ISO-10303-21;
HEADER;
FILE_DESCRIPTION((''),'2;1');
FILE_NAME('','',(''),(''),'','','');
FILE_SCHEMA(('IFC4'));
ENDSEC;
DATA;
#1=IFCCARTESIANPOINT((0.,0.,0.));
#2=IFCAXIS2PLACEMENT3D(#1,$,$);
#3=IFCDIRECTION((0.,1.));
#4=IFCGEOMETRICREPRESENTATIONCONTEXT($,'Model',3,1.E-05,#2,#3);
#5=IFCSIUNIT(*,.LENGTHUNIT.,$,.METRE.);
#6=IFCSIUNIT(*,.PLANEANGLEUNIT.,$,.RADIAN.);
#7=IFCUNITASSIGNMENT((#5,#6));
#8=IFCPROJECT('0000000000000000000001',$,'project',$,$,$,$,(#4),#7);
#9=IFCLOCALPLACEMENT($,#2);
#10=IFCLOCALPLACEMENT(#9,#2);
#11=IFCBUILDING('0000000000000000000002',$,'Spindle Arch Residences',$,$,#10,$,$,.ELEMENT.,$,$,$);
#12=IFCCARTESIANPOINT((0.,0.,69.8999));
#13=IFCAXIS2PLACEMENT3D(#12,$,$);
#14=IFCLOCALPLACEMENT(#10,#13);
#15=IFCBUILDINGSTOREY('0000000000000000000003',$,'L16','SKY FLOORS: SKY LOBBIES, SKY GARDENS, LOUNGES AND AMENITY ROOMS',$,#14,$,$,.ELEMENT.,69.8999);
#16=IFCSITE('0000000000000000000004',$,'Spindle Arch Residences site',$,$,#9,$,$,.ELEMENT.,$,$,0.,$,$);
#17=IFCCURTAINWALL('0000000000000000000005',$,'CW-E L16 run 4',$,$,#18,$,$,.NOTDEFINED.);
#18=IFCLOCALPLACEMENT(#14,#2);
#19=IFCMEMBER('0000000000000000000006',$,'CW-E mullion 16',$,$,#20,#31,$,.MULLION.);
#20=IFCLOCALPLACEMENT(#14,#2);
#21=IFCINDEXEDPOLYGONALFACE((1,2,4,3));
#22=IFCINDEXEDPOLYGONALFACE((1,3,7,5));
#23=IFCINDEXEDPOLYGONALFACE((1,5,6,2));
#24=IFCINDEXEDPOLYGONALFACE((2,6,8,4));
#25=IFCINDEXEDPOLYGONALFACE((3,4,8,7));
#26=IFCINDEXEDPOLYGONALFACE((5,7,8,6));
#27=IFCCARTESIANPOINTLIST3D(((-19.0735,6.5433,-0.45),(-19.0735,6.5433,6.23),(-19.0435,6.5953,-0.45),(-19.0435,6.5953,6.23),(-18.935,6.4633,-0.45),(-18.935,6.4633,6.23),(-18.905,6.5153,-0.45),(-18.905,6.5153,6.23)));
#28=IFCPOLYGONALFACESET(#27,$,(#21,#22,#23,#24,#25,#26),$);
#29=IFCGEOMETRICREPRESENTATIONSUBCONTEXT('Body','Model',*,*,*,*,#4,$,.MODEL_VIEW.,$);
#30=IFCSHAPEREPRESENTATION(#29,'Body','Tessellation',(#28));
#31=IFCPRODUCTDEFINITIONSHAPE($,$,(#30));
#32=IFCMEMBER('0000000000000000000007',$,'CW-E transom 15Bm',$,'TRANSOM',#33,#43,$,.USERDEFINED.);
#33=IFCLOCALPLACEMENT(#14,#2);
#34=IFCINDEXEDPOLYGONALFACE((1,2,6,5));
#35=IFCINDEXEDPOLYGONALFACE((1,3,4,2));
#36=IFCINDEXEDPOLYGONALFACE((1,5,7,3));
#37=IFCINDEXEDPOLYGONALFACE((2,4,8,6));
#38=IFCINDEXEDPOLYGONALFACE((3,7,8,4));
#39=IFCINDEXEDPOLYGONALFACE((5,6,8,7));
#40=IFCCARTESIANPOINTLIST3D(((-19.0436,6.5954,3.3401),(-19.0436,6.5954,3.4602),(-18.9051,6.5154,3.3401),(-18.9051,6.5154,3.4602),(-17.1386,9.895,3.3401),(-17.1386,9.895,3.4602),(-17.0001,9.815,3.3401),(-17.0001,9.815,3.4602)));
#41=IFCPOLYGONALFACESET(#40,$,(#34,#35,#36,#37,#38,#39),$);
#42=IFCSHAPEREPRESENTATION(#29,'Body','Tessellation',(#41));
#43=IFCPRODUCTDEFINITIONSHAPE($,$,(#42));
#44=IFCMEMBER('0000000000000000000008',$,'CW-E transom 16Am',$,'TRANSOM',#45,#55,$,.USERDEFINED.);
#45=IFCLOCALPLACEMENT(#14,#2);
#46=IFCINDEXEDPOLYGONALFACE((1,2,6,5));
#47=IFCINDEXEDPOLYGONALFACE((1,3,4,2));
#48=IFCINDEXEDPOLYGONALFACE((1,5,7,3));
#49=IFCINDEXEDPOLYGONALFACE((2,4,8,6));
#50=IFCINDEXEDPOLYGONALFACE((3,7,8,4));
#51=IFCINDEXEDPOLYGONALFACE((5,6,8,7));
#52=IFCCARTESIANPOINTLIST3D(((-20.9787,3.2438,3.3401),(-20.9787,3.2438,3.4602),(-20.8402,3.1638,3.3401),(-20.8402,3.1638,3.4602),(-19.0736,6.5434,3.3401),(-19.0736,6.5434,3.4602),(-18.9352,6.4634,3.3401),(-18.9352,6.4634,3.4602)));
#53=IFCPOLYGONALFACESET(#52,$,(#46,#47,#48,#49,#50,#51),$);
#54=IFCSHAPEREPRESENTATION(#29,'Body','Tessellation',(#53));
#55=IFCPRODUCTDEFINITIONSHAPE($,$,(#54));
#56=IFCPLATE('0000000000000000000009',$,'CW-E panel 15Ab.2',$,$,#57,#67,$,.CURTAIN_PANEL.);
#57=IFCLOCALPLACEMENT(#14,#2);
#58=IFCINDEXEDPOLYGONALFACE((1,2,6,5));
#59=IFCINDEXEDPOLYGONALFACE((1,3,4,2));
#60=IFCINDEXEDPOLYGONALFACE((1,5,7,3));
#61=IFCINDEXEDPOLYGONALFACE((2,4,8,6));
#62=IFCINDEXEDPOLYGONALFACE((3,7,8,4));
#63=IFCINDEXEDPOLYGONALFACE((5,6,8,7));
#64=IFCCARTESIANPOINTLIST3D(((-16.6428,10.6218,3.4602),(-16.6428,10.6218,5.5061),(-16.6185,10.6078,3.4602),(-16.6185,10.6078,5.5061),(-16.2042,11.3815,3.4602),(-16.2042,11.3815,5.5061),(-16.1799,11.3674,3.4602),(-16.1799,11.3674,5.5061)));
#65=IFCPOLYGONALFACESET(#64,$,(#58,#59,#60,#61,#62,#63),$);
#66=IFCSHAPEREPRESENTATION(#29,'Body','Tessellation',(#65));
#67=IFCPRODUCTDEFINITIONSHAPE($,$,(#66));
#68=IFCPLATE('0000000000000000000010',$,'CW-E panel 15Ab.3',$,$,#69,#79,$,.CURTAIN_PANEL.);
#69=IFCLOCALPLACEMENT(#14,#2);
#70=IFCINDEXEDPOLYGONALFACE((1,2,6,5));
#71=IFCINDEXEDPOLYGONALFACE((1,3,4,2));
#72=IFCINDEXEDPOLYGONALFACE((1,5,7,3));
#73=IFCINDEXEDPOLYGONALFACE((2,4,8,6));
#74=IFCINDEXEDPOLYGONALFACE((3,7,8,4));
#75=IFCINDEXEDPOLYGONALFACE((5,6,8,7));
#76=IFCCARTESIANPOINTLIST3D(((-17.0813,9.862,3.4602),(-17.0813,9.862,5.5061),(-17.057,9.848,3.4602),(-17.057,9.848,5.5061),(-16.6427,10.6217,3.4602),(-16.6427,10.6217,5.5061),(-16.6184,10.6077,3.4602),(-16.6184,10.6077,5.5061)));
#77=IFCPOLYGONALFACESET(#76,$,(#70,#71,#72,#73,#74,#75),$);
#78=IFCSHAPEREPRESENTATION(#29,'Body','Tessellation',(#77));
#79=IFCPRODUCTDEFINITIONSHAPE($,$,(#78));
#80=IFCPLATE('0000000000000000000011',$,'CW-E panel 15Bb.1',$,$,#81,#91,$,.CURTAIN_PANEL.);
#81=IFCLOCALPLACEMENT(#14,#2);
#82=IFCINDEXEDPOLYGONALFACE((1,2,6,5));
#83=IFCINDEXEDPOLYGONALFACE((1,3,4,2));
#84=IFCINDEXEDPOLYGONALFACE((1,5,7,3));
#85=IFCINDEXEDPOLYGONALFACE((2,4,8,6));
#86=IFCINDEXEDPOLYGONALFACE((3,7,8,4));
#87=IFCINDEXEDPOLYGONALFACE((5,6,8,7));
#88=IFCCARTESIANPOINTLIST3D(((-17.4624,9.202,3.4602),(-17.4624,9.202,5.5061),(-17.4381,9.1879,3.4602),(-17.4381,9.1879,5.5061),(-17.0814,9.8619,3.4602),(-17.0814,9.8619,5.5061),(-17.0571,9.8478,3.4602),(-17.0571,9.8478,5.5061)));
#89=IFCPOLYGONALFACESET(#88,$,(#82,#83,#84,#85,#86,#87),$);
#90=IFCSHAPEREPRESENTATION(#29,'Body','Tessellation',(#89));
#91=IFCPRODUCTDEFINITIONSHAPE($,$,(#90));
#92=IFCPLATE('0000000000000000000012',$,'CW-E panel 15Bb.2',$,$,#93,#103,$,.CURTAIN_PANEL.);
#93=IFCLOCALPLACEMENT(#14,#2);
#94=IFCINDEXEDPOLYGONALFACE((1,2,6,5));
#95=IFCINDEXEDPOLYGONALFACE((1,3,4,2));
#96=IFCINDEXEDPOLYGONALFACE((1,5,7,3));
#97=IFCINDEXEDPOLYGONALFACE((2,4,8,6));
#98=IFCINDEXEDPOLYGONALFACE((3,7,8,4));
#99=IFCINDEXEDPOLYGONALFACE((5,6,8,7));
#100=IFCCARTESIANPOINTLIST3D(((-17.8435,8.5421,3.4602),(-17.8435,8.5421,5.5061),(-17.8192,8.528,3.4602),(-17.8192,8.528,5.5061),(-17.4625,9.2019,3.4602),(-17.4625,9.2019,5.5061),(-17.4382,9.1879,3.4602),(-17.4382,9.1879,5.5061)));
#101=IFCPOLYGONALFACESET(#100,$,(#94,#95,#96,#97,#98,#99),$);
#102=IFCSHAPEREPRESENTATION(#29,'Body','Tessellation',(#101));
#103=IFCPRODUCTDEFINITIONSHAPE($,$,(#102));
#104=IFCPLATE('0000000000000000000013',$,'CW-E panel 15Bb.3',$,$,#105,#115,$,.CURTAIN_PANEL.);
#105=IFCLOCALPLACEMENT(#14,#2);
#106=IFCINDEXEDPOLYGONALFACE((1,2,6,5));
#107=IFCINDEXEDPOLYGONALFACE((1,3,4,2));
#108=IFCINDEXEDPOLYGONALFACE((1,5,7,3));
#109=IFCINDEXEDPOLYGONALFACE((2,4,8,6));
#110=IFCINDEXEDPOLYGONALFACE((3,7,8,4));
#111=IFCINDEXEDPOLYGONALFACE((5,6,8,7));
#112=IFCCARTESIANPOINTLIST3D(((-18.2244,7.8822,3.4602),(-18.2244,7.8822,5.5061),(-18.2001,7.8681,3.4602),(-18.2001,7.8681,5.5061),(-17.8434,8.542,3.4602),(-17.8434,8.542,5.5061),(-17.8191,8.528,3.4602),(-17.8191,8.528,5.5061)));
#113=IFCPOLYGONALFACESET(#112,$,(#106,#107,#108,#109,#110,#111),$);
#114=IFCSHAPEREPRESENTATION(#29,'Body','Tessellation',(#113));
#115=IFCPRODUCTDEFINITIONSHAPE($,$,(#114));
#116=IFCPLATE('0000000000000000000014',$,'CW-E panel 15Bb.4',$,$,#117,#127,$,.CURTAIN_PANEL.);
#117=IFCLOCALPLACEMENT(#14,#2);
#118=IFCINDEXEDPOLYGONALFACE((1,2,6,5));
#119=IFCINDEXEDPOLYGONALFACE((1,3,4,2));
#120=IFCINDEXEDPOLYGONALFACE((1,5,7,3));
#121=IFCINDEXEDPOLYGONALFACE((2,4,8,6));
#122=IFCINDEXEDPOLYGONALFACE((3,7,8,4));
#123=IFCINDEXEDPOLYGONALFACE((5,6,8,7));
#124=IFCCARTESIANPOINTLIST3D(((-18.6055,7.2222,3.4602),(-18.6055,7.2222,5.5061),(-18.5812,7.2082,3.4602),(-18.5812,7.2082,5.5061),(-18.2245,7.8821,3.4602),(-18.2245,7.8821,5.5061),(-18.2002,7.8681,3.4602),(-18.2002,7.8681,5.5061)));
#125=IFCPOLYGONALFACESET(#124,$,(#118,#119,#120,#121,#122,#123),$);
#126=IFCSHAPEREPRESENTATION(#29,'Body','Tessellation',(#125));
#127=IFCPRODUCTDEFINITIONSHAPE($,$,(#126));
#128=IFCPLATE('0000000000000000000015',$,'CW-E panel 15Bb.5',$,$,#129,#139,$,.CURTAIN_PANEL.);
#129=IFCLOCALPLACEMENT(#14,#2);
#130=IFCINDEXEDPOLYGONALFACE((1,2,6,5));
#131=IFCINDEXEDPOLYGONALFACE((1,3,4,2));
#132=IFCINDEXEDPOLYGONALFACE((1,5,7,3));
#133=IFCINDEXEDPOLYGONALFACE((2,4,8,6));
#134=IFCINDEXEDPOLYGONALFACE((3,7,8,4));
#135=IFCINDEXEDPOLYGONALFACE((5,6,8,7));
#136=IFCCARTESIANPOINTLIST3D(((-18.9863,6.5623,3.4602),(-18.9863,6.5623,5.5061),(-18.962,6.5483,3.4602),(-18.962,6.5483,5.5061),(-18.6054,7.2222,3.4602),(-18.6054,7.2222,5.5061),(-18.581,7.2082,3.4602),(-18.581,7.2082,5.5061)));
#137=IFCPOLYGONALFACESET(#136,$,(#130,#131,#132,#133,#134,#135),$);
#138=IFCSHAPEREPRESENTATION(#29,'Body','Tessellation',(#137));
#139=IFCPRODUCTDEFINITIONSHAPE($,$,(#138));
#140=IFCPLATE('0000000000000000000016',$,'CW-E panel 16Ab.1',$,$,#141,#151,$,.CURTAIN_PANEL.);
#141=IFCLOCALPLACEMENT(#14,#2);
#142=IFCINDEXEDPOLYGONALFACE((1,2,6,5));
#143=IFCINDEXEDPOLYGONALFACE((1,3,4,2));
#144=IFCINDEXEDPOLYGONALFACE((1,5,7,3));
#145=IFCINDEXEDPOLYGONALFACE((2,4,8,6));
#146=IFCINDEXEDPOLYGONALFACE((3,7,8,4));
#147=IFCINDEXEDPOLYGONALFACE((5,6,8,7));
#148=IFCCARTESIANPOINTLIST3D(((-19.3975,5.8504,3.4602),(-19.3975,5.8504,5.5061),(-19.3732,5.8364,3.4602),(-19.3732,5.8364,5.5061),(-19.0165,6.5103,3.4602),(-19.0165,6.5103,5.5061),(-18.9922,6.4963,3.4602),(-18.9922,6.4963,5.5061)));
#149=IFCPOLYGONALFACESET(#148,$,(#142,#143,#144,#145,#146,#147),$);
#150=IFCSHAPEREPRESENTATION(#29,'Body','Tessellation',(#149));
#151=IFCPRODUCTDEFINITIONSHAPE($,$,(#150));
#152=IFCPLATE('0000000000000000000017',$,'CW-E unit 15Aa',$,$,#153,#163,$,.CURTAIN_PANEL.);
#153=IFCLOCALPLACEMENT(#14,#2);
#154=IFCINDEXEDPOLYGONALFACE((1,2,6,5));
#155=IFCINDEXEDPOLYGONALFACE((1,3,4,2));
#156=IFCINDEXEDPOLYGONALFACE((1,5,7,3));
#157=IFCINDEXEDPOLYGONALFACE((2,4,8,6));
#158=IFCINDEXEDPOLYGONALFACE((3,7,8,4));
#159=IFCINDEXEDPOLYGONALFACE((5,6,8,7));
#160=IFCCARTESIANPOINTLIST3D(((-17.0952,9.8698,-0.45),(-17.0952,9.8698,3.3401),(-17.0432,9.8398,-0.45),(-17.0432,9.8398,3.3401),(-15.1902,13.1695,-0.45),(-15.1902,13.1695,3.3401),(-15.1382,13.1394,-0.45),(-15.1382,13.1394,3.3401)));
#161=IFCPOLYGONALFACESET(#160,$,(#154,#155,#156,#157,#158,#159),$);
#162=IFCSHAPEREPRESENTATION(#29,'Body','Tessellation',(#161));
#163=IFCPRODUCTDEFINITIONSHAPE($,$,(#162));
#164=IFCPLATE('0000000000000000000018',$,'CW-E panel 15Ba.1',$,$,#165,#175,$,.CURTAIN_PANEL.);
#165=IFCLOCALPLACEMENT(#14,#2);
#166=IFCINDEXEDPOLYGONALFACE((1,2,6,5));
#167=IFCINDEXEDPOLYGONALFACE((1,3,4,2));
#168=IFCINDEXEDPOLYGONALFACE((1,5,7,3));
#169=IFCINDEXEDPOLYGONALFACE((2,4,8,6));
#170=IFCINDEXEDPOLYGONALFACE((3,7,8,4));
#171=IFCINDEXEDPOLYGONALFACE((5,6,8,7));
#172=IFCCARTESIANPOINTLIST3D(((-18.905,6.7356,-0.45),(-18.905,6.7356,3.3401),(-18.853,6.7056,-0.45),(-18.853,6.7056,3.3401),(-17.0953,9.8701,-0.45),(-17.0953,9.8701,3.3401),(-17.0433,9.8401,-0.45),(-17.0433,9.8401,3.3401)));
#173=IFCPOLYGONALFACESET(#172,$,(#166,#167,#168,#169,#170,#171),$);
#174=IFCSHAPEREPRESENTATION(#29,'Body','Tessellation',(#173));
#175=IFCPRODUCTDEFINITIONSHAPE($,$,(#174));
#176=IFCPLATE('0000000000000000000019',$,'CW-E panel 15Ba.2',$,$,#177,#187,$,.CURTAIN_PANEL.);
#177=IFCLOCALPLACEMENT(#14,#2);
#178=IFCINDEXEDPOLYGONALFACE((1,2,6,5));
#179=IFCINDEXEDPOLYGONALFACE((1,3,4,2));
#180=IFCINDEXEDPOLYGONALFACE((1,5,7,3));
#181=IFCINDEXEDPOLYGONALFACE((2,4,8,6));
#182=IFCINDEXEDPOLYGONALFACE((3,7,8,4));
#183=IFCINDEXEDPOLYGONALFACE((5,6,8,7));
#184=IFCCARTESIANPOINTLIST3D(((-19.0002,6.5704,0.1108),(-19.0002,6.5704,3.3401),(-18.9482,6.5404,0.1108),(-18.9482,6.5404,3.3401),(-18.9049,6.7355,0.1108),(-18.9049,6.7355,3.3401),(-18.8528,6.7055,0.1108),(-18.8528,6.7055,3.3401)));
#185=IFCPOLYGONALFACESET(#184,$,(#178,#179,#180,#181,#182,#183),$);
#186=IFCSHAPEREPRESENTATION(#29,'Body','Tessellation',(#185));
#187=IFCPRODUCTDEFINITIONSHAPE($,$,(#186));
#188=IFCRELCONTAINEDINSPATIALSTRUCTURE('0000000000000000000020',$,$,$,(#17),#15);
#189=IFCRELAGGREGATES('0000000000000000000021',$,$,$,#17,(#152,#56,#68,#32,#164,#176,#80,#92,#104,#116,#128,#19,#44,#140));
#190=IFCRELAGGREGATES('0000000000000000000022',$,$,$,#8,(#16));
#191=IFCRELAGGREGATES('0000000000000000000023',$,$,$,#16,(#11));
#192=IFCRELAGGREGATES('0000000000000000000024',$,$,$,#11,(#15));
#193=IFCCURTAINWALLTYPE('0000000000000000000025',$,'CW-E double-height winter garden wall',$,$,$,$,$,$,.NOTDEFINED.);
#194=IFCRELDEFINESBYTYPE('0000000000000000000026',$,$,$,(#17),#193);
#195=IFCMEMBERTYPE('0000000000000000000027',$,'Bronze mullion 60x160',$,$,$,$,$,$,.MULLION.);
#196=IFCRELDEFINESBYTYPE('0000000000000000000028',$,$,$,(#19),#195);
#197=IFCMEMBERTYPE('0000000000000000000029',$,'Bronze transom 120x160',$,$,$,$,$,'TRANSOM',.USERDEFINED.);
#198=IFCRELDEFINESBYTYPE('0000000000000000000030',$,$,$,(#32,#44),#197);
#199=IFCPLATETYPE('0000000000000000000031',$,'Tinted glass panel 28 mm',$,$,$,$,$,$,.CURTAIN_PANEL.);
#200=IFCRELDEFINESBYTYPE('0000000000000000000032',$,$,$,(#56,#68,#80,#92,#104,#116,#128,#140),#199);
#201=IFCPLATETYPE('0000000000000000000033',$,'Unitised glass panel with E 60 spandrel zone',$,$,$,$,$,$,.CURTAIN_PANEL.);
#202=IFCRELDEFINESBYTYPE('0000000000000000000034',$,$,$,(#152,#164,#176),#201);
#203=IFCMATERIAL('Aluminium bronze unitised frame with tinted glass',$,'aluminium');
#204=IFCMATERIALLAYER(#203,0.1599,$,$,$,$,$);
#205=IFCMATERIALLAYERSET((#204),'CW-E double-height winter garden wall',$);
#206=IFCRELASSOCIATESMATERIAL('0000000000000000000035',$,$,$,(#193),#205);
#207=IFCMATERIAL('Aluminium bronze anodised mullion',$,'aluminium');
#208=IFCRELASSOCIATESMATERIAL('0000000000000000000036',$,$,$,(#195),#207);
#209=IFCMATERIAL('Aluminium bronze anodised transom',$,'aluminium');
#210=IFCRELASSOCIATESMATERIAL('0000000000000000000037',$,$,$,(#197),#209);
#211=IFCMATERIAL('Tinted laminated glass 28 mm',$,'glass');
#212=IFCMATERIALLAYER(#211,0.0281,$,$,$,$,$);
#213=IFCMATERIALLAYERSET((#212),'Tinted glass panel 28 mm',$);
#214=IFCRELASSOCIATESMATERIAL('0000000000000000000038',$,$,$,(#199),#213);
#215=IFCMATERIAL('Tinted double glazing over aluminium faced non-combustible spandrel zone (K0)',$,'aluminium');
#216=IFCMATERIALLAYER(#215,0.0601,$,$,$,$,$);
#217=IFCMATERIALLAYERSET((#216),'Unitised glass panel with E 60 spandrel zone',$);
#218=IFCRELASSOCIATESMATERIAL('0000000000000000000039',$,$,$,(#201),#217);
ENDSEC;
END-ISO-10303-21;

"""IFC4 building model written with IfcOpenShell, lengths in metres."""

from ifc_helpers import new_model, si_unit, direction, frame, origin, origin_2d, place, context, subcontext, project, spatial, rectangle, extrude, material, layer, layer_set, material_profile, profile_set, type_object, element, aggregate, save


model = new_model("IFC4")

# Units and contexts
model_context = context("Model", 3, precision=1e-05, world=origin(), true_north=direction((0.0, 1.0)))
body_context = subcontext(model_context, "Body", "Model", "MODEL_VIEW")
ifc_project = project(units=[si_unit("LENGTHUNIT", "METRE"), si_unit("PLANEANGLEUNIT", "RADIAN")], contexts=[model_context])

# Site, building, storey
site_placement = place(None, origin())
site = spatial("IfcSite", under=ifc_project, at=site_placement, Name="Spindle Arch Residences site", CompositionType="ELEMENT", RefElevation=0.0)
building_placement = place(site_placement, origin())
building = spatial("IfcBuilding", under=site, at=building_placement, Name="Spindle Arch Residences", CompositionType="ELEMENT")
storey_placement = place(building_placement, frame((0.0, 0.0, 69.8999)))
storey = spatial("IfcBuildingStorey", under=building, at=storey_placement, Name="L16", Description="SKY FLOORS: SKY LOBBIES, SKY GARDENS, LOUNGES AND AMENITY ROOMS", CompositionType="ELEMENT", Elevation=69.8999)

# Curtain wall, members, plates
ifc_material_1 = material(Name="Aluminium bronze unitised frame with tinted glass", Category="aluminium")
ifc_layer_1 = layer(ifc_material_1, 0.1599)
ifc_layer_set_1 = layer_set([ifc_layer_1], Name="CW-E double-height winter garden wall")
curtain_wall_type = type_object("IfcCurtainWallType", Name="CW-E double-height winter garden wall", PredefinedType="NOTDEFINED", material=ifc_layer_set_1)
curtain_wall_placement = place(storey_placement, origin())
curtain_wall = element("IfcCurtainWall", 1, at=curtain_wall_placement, inside=storey, type_object=curtain_wall_type, Name="CW-E L16 run 4", PredefinedType="NOTDEFINED")
ifc_material_2 = material(Name="Aluminium bronze anodised mullion", Category="aluminium")
ifc_material_profile_1 = material_profile(ifc_material_2, rectangle(XDim=0.1599, YDim=0.0601, at=origin_2d()), Name="MU 60x160")
ifc_profile_set_1 = profile_set([ifc_material_profile_1], Name="Aluminium bronze anodised mullion")
member_type_1 = type_object("IfcMemberType", Name="Bronze mullion 60x160", PredefinedType="MULLION", material=ifc_profile_set_1)
member_1_placement = place(storey_placement, frame((-18.9893, 6.5293, -0.45), z_axis=(0.0, 0.0, 1.0), x_axis=(0.866025, -0.5, 0.0)))
member_1 = element("IfcMember", 2, at=member_1_placement, type_object=member_type_1, Name="CW-E mullion 16", PredefinedType="MULLION", context=body_context, shape_type="SweptSolid", body=[
    extrude(rectangle(XDim=0.1599, YDim=0.0601, at=origin_2d()), origin(), (0.0, 0.0, 1.0), 6.6799),
])
ifc_material_3 = material(Name="Aluminium bronze anodised transom", Category="aluminium")
ifc_material_profile_2 = material_profile(ifc_material_3, rectangle(XDim=0.1599, YDim=0.1201, at=origin_2d()), Name="TR 120x160")
ifc_profile_set_2 = profile_set([ifc_material_profile_2], Name="Aluminium bronze anodised transom")
member_type_2 = type_object("IfcMemberType", Name="Bronze transom 120x160", ElementType="TRANSOM", PredefinedType="USERDEFINED", material=ifc_profile_set_2)
member_2_placement = place(storey_placement, frame((-17.0693, 9.855, 3.4001), z_axis=(-0.500005, -0.866022, 0.0), x_axis=(0.866022, -0.500005, 0.0)))
member_2 = element("IfcMember", 3, at=member_2_placement, type_object=member_type_2, Name="CW-E transom 15Bm", ObjectType="TRANSOM", PredefinedType="USERDEFINED", context=body_context, shape_type="SweptSolid", body=[
    extrude(rectangle(XDim=0.1599, YDim=0.1201, at=origin_2d()), origin(), (0.0, 0.0, 1.0), 3.8101),
])
member_3_placement = place(storey_placement, frame((-19.0044, 6.5034, 3.4001), z_axis=(-0.500005, -0.866022, 0.0), x_axis=(0.866022, -0.500005, 0.0)))
member_3 = element("IfcMember", 4, at=member_3_placement, type_object=member_type_2, Name="CW-E transom 16Am", ObjectType="TRANSOM", PredefinedType="USERDEFINED", context=body_context, shape_type="SweptSolid", body=[
    extrude(rectangle(XDim=0.1599, YDim=0.1201, at=origin_2d()), origin(), (0.0, 0.0, 1.0), 3.8101),
])
ifc_material_4 = material(Name="Tinted laminated glass 28 mm", Category="glass")
ifc_layer_2 = layer(ifc_material_4, 0.0281)
ifc_layer_set_2 = layer_set([ifc_layer_2], Name="Tinted glass panel 28 mm")
plate_type_1 = type_object("IfcPlateType", Name="Tinted glass panel 28 mm", PredefinedType="CURTAIN_PANEL", material=ifc_layer_set_2)
plate_1_placement = place(storey_placement, frame((-16.4114, 10.9946, 3.4602), z_axis=(0.0, 0.0, 1.0), x_axis=(-0.5, -0.866025, 0.0)))
plate_1 = element("IfcPlate", 5, at=plate_1_placement, type_object=plate_type_1, Name="CW-E panel 15Ab.2", PredefinedType="CURTAIN_PANEL", context=body_context, shape_type="SweptSolid", body=[
    extrude(rectangle(XDim=0.8772, YDim=0.0281, at=origin_2d()), origin(), (0.0, 0.0, 1.0), 2.0459),
])
plate_2_placement = place(storey_placement, frame((-16.8499, 10.2349, 3.4602), z_axis=(0.0, 0.0, 1.0), x_axis=(-0.5, -0.866025, 0.0)))
plate_2 = element("IfcPlate", 6, at=plate_2_placement, type_object=plate_type_1, Name="CW-E panel 15Ab.3", PredefinedType="CURTAIN_PANEL", context=body_context, shape_type="SweptSolid", body=[
    extrude(rectangle(XDim=0.8772, YDim=0.0281, at=origin_2d()), origin(), (0.0, 0.0, 1.0), 2.0459),
])
plate_3_placement = place(storey_placement, frame((-17.2598, 9.5249, 3.4602), z_axis=(0.0, 0.0, 1.0), x_axis=(-0.5, -0.866025, 0.0)))
plate_3 = element("IfcPlate", 7, at=plate_3_placement, type_object=plate_type_1, Name="CW-E panel 15Bb.1", PredefinedType="CURTAIN_PANEL", context=body_context, shape_type="SweptSolid", body=[
    extrude(rectangle(XDim=0.762, YDim=0.0281, at=origin_2d()), origin(), (0.0, 0.0, 1.0), 2.0459),
])
plate_4_placement = place(storey_placement, frame((-17.6409, 8.865, 3.4602), z_axis=(0.0, 0.0, 1.0), x_axis=(-0.5, -0.866025, 0.0)))
plate_4 = element("IfcPlate", 8, at=plate_4_placement, type_object=plate_type_1, Name="CW-E panel 15Bb.2", PredefinedType="CURTAIN_PANEL", context=body_context, shape_type="SweptSolid", body=[
    extrude(rectangle(XDim=0.762, YDim=0.0281, at=origin_2d()), origin(), (0.0, 0.0, 1.0), 2.0459),
])
plate_5_placement = place(storey_placement, frame((-18.0217, 8.2051, 3.4602), z_axis=(0.0, 0.0, 1.0), x_axis=(-0.5, -0.866025, 0.0)))
plate_5 = element("IfcPlate", 9, at=plate_5_placement, type_object=plate_type_1, Name="CW-E panel 15Bb.3", PredefinedType="CURTAIN_PANEL", context=body_context, shape_type="SweptSolid", body=[
    extrude(rectangle(XDim=0.762, YDim=0.0281, at=origin_2d()), origin(), (0.0, 0.0, 1.0), 2.0459),
])
plate_6_placement = place(storey_placement, frame((-18.4028, 7.5452, 3.4602), z_axis=(0.0, 0.0, 1.0), x_axis=(-0.5, -0.866025, 0.0)))
plate_6 = element("IfcPlate", 10, at=plate_6_placement, type_object=plate_type_1, Name="CW-E panel 15Bb.4", PredefinedType="CURTAIN_PANEL", context=body_context, shape_type="SweptSolid", body=[
    extrude(rectangle(XDim=0.762, YDim=0.0281, at=origin_2d()), origin(), (0.0, 0.0, 1.0), 2.0459),
])
plate_7_placement = place(storey_placement, frame((-18.7837, 6.8853, 3.4602), z_axis=(0.0, 0.0, 1.0), x_axis=(-0.5, -0.866025, 0.0)))
plate_7 = element("IfcPlate", 11, at=plate_7_placement, type_object=plate_type_1, Name="CW-E panel 15Bb.5", PredefinedType="CURTAIN_PANEL", context=body_context, shape_type="SweptSolid", body=[
    extrude(rectangle(XDim=0.762, YDim=0.0281, at=origin_2d()), origin(), (0.0, 0.0, 1.0), 2.0459),
])
plate_8_placement = place(storey_placement, frame((-19.1948, 6.1733, 3.4602), z_axis=(0.0, 0.0, 1.0), x_axis=(-0.5, -0.866025, 0.0)))
plate_8 = element("IfcPlate", 12, at=plate_8_placement, type_object=plate_type_1, Name="CW-E panel 16Ab.1", PredefinedType="CURTAIN_PANEL", context=body_context, shape_type="SweptSolid", body=[
    extrude(rectangle(XDim=0.762, YDim=0.0281, at=origin_2d()), origin(), (0.0, 0.0, 1.0), 2.0459),
])
ifc_material_5 = material(Name="Tinted double glazing over aluminium faced non-combustible spandrel zone (K0)", Category="aluminium")
ifc_layer_3 = layer(ifc_material_5, 0.0601)
ifc_layer_set_3 = layer_set([ifc_layer_3], Name="Unitised glass panel with E 60 spandrel zone")
plate_type_2 = type_object("IfcPlateType", Name="Unitised glass panel with E 60 spandrel zone", PredefinedType="CURTAIN_PANEL", material=ifc_layer_set_3)
plate_9_placement = place(storey_placement, frame((-16.1167, 11.5046, -0.45), z_axis=(0.0, 0.0, 1.0), x_axis=(-0.5, -0.866025, 0.0)))
plate_9 = element("IfcPlate", 13, at=plate_9_placement, type_object=plate_type_2, Name="CW-E unit 15Aa", PredefinedType="CURTAIN_PANEL", context=body_context, shape_type="SweptSolid", body=[
    extrude(rectangle(XDim=3.8101, YDim=0.0601, at=origin_2d()), origin(), (0.0, 0.0, 1.0), 3.79),
])
plate_10_placement = place(storey_placement, frame((-17.9741, 8.2878, -0.45), z_axis=(0.0, 0.0, 1.0), x_axis=(-0.5, -0.866025, 0.0)))
plate_10 = element("IfcPlate", 14, at=plate_10_placement, type_object=plate_type_2, Name="CW-E panel 15Ba.1", PredefinedType="CURTAIN_PANEL", context=body_context, shape_type="SweptSolid", body=[
    extrude(rectangle(XDim=3.6194, YDim=0.0601, at=origin_2d()), origin(), (0.0, 0.0, 1.0), 3.79),
])
plate_11_placement = place(storey_placement, frame((-18.9265, 6.6379, 0.1108), z_axis=(0.0, 0.0, 1.0), x_axis=(-0.5, -0.866025, 0.0)))
plate_11 = element("IfcPlate", 15, at=plate_11_placement, type_object=plate_type_2, Name="CW-E panel 15Ba.2", PredefinedType="CURTAIN_PANEL", context=body_context, shape_type="SweptSolid", body=[
    extrude(rectangle(XDim=0.1907, YDim=0.0601, at=origin_2d()), origin(), (0.0, 0.0, 1.0), 3.2292),
])
aggregate(curtain_wall, [plate_9, plate_1, plate_2, member_2, plate_10, plate_11, plate_3, plate_4, plate_5, plate_6, plate_7, member_1, member_3, plate_8])

save(model, "model.ifc")
